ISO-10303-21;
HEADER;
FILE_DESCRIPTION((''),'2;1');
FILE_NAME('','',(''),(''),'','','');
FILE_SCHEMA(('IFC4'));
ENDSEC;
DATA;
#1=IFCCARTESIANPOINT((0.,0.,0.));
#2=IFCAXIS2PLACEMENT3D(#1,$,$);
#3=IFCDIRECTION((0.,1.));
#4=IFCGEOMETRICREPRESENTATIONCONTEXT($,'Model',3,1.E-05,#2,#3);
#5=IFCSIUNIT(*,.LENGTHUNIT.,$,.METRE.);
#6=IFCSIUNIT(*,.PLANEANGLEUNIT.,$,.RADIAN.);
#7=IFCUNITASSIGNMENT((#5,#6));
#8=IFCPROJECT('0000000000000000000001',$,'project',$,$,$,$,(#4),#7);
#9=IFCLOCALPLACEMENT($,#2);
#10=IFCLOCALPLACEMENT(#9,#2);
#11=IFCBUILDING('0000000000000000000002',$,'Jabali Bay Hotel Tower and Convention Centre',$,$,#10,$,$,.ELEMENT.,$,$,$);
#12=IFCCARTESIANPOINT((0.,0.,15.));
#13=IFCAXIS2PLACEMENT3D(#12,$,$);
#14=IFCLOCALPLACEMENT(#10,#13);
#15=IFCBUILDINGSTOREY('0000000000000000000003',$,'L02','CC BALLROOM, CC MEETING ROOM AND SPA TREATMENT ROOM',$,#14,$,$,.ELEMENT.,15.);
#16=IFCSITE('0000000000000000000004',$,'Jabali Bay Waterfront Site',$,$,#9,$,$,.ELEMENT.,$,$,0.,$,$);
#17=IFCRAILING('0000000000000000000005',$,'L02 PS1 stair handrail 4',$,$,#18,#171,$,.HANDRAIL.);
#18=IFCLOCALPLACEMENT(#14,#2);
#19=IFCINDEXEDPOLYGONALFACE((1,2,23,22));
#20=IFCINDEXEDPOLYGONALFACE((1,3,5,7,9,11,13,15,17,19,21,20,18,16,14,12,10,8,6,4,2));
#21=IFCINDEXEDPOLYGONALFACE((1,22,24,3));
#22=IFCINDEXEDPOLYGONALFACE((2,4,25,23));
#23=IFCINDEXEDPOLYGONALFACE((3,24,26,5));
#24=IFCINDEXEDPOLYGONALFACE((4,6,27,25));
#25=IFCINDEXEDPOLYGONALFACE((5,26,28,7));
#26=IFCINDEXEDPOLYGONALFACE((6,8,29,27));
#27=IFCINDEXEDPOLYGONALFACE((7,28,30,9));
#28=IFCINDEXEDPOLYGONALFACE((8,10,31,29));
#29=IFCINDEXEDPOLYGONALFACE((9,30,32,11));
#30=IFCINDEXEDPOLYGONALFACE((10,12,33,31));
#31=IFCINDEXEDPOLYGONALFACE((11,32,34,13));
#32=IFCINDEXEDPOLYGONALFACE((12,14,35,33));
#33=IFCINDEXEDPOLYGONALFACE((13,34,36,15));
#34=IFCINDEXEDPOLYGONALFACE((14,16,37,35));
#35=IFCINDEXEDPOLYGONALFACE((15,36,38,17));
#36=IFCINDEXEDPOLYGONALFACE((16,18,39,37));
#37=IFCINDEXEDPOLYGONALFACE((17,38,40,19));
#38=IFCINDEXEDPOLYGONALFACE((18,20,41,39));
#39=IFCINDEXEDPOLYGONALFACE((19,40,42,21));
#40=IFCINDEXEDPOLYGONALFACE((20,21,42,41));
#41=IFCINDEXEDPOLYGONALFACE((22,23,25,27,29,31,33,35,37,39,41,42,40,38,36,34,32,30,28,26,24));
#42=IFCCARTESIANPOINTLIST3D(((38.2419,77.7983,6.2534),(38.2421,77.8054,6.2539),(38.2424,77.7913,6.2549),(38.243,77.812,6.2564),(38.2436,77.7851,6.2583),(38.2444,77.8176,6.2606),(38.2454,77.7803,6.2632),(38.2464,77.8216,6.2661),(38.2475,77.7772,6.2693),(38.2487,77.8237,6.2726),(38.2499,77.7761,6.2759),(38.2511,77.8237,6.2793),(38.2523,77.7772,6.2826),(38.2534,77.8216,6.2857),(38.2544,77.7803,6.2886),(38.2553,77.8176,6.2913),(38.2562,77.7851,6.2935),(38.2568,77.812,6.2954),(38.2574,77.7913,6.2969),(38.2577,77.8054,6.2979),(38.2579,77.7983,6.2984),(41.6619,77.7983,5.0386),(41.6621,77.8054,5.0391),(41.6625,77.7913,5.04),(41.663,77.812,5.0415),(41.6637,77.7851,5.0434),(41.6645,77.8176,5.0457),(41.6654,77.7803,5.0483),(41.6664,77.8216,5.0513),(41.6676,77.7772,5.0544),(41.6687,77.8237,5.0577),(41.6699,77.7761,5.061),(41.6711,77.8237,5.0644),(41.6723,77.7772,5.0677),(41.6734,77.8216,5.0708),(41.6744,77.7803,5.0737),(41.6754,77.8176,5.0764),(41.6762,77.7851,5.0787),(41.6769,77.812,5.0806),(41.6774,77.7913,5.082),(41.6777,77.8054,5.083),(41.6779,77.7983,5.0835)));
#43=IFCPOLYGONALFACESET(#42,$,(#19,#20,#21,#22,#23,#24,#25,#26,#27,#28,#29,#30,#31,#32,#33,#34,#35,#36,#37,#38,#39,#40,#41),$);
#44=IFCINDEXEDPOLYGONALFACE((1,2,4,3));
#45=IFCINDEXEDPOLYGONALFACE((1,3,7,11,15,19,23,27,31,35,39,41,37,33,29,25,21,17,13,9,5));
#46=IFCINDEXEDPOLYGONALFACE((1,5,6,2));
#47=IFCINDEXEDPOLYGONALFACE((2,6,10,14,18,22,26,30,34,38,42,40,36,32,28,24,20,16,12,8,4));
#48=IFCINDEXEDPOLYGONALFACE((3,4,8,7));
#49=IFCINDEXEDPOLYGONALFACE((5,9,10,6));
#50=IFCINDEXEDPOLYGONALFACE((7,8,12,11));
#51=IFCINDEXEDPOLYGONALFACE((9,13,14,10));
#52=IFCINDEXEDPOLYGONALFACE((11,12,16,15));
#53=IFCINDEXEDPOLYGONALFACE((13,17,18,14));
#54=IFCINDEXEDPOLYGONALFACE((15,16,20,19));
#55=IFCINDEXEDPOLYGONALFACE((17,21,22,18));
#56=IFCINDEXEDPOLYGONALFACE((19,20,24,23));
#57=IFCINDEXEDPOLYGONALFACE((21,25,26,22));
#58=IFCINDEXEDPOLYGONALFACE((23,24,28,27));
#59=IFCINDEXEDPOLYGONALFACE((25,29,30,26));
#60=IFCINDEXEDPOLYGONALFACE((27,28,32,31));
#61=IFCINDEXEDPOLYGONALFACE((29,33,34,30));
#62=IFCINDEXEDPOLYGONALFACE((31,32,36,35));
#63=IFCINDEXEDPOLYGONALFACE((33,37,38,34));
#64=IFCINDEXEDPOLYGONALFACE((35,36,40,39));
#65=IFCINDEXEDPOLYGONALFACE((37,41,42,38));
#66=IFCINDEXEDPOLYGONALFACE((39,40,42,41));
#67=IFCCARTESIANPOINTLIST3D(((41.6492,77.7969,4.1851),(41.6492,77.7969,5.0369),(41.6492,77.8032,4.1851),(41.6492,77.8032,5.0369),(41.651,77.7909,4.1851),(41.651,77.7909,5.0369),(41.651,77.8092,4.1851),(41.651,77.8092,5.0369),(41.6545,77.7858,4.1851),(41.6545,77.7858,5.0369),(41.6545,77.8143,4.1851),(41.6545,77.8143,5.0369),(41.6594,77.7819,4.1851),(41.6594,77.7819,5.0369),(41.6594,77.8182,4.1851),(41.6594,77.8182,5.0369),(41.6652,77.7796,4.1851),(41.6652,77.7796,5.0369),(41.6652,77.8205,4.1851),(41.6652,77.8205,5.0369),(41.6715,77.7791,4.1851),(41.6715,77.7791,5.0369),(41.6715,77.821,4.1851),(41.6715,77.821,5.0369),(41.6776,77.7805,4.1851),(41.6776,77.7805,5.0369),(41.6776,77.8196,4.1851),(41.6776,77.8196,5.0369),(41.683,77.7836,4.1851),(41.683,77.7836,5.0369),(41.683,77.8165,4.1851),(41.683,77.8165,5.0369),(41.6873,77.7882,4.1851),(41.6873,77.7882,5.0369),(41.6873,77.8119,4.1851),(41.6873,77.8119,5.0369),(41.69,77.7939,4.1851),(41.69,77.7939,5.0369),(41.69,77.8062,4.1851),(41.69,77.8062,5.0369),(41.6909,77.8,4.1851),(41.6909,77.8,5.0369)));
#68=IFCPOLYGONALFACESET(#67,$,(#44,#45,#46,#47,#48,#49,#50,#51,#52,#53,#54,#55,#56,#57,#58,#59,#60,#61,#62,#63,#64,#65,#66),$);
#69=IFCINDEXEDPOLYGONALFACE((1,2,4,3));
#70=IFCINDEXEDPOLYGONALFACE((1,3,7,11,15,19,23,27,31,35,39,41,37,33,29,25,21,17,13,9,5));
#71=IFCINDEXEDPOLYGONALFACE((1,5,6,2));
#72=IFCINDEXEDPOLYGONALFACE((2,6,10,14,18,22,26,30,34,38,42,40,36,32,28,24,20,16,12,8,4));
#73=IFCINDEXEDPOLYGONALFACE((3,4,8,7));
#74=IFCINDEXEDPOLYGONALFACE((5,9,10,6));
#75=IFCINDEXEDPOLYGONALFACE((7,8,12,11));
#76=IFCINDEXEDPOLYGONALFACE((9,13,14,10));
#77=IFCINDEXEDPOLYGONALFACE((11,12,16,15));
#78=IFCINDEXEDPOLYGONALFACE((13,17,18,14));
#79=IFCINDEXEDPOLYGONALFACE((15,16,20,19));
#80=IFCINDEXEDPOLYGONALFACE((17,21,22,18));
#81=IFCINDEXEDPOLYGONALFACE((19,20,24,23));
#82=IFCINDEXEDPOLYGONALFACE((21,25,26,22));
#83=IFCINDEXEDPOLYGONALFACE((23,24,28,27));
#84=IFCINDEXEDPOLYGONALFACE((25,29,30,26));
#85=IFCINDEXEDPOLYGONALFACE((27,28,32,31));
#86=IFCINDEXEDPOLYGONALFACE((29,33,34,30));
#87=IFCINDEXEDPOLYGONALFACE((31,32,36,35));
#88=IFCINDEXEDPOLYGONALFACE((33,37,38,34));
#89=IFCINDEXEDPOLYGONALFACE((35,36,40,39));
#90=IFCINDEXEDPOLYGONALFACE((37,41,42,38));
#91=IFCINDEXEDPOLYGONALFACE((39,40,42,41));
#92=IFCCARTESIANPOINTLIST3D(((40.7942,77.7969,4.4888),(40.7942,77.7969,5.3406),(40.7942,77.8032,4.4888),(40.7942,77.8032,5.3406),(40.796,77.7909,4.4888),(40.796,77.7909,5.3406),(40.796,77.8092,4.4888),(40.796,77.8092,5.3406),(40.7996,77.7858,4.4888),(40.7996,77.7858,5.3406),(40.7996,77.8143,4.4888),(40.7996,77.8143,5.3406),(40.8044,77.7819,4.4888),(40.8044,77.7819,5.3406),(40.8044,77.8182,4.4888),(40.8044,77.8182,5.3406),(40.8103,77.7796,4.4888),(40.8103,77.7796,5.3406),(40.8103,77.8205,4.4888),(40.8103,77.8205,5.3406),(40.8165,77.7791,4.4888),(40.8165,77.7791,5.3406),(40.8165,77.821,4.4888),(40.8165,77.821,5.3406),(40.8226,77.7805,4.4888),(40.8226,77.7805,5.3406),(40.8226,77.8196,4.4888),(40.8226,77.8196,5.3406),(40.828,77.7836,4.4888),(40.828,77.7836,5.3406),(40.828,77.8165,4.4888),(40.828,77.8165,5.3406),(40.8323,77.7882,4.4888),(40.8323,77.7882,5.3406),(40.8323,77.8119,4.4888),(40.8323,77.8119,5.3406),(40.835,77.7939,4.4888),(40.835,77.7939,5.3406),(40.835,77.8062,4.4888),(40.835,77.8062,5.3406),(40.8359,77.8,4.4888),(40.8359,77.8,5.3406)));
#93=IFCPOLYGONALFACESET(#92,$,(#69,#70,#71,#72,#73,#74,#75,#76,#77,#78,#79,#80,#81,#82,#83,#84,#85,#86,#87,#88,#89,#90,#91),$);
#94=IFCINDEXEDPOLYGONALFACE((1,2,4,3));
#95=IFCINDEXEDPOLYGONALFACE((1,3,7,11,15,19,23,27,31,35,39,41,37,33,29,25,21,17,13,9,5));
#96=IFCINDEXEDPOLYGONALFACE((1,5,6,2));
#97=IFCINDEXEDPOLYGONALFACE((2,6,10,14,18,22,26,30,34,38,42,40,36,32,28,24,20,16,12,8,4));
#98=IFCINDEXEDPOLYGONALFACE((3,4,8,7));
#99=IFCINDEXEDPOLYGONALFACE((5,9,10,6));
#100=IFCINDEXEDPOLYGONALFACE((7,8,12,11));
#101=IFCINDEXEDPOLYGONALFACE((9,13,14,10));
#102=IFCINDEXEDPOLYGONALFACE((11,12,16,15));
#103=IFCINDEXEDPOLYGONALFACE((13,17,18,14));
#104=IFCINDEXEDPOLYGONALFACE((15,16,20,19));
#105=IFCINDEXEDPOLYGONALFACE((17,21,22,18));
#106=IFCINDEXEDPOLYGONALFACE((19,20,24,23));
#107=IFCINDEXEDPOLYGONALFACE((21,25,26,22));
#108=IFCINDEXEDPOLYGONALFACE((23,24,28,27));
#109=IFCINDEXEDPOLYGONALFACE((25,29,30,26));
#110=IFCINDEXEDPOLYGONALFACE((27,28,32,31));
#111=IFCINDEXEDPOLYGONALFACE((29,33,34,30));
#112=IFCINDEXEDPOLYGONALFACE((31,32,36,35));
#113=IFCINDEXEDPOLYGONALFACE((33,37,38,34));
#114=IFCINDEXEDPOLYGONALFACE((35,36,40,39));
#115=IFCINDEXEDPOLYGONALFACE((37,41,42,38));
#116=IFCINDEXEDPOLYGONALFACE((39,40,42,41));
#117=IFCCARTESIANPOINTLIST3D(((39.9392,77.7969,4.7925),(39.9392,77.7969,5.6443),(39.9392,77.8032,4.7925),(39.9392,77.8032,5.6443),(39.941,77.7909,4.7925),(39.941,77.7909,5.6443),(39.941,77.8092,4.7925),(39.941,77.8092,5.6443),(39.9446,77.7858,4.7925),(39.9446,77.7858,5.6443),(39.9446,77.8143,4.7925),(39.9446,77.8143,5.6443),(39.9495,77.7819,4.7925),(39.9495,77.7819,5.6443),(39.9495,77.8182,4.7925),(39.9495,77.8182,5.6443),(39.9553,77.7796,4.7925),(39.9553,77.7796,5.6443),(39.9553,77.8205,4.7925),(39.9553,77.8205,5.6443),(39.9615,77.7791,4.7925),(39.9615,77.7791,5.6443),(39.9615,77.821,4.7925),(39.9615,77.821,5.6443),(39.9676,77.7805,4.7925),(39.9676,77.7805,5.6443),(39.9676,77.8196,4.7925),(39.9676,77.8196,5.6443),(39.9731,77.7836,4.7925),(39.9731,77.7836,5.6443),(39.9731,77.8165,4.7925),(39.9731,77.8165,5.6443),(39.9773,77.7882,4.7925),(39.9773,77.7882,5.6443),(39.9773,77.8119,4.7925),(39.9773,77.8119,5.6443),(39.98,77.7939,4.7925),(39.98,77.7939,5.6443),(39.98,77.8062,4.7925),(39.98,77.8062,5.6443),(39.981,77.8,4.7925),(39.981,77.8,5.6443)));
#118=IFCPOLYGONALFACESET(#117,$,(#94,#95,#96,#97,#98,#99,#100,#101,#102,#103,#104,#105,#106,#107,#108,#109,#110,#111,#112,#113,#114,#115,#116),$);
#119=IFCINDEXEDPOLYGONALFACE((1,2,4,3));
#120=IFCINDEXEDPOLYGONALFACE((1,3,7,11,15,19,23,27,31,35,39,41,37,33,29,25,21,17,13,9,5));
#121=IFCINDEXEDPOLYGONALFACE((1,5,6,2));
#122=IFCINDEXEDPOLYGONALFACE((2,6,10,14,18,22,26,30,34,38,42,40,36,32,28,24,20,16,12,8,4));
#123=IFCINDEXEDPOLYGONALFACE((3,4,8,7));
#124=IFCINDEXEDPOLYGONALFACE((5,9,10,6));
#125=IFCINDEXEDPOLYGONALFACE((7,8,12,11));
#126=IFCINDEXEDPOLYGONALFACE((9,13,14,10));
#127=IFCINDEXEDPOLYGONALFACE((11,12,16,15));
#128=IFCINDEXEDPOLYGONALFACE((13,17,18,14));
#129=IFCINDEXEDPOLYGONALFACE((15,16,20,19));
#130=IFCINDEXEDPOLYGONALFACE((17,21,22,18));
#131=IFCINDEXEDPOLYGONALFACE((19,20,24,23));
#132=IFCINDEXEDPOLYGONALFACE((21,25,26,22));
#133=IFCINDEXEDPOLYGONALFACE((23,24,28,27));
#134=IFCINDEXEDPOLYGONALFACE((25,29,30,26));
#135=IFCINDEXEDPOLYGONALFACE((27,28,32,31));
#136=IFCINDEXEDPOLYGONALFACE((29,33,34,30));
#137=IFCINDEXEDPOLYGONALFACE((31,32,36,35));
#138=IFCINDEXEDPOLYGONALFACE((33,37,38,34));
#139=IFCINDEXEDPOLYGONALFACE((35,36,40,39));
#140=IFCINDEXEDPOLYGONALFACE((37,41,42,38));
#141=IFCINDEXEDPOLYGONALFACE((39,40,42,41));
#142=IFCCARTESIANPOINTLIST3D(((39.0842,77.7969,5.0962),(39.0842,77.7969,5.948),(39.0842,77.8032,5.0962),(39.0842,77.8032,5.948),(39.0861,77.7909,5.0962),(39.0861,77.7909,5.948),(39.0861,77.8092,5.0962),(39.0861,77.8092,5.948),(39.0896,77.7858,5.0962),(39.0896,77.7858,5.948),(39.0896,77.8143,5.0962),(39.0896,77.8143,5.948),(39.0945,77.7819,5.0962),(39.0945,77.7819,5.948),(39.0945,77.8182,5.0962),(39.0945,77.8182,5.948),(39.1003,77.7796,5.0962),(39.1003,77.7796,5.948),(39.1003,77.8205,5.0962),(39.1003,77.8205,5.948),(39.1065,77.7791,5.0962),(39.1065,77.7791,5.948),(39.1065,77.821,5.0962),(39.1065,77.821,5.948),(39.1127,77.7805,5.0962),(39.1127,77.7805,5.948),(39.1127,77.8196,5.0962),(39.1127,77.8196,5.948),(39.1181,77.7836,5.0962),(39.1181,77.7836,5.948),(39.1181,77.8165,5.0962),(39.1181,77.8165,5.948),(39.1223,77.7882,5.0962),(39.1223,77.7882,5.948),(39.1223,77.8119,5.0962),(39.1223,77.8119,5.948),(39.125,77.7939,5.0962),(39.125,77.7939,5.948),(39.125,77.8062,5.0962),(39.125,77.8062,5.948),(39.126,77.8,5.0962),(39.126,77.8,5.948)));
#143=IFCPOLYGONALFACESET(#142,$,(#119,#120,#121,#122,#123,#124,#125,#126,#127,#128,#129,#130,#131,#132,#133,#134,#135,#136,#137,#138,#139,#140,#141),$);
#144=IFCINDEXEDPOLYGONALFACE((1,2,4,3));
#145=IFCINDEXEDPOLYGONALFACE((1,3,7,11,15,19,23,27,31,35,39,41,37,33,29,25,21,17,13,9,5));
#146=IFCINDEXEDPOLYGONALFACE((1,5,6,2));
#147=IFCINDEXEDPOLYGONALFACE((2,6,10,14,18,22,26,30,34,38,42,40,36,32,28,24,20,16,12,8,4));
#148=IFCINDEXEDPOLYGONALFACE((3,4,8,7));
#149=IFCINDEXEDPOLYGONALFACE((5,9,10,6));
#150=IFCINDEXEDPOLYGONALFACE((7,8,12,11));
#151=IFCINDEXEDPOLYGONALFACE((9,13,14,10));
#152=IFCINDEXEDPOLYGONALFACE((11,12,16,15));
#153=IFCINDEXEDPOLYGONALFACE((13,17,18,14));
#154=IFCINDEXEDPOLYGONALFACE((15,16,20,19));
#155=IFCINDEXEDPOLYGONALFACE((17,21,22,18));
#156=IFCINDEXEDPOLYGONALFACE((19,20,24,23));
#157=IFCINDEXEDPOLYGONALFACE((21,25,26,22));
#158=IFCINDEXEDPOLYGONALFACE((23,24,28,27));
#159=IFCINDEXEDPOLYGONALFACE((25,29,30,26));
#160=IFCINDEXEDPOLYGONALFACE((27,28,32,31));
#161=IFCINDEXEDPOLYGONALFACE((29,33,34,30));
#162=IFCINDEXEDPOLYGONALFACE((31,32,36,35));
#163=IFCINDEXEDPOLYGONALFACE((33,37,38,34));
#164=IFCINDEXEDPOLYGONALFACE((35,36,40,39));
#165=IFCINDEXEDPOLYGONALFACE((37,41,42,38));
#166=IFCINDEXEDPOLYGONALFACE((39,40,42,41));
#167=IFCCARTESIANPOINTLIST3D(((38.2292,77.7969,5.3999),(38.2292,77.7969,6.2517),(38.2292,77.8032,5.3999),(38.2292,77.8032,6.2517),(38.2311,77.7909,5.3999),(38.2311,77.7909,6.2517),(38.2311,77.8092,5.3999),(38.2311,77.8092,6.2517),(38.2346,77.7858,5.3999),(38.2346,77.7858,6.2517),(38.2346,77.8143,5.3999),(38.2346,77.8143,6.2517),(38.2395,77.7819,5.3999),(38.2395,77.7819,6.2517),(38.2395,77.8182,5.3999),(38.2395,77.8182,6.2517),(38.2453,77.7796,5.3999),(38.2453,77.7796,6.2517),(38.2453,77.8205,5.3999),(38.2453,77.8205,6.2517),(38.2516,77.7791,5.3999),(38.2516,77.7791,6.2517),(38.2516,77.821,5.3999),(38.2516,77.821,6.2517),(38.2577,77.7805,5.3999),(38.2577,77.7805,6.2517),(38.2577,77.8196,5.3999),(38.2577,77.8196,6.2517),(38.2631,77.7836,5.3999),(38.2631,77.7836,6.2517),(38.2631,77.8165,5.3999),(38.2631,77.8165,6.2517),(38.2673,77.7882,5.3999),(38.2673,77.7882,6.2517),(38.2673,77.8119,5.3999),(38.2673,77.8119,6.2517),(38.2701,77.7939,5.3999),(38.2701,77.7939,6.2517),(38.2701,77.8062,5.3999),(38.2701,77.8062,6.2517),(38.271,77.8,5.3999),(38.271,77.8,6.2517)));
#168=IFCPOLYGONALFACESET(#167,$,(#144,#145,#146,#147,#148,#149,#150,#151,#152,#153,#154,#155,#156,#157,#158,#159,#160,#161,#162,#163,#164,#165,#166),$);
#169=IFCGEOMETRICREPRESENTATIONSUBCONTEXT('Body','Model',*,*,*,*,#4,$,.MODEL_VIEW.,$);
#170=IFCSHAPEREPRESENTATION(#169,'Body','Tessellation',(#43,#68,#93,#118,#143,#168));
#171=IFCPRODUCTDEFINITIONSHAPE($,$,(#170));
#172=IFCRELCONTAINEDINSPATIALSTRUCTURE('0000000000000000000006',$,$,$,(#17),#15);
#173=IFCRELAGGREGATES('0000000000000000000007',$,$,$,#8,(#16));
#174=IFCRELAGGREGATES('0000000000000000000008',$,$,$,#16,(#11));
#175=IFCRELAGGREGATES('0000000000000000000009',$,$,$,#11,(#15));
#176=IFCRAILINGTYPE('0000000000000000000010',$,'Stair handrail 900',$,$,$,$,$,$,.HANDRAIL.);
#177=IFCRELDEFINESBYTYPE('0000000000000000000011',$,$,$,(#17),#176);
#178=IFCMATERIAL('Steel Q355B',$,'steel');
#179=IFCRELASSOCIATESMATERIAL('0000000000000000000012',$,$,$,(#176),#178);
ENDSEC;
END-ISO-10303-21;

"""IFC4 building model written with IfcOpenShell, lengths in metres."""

from ifc_helpers import new_model, si_unit, direction, frame, origin, origin_2d, place, context, subcontext, project, spatial, circle, extrude, material, type_object, element, save


model = new_model("IFC4")

# Units and contexts
model_context = context("Model", 3, precision=1e-05, world=origin(), true_north=direction((0.0, 1.0)))
body_context = subcontext(model_context, "Body", "Model", "MODEL_VIEW")
ifc_project = project(units=[si_unit("LENGTHUNIT", "METRE"), si_unit("PLANEANGLEUNIT", "RADIAN")], contexts=[model_context])

# Site, building, storey
site_placement = place(None, origin())
site = spatial("IfcSite", under=ifc_project, at=site_placement, Name="Jabali Bay Waterfront Site", CompositionType="ELEMENT", RefElevation=0.0)
building_placement = place(site_placement, origin())
building = spatial("IfcBuilding", under=site, at=building_placement, Name="Jabali Bay Hotel Tower and Convention Centre", CompositionType="ELEMENT")
storey_placement = place(building_placement, frame((0.0, 0.0, 15.0)))
storey = spatial("IfcBuildingStorey", under=building, at=storey_placement, Name="L02", Description="CC BALLROOM, CC MEETING ROOM AND SPA TREATMENT ROOM", CompositionType="ELEMENT", Elevation=15.0)

# Railing
ifc_material_1 = material(Name="Steel Q355B", Category="steel")
railing_type_1 = type_object("IfcRailingType", Name="Stair handrail 900", PredefinedType="HANDRAIL", material=ifc_material_1)
for number, where, name in (
    (1, (41.6699, 77.8, 4.1851), "L02 PS1 stair handrail 4"),
):
    element("IfcRailing", number, at=place(storey_placement, frame(where)), inside=storey, type_object=railing_type_1, Name=name, PredefinedType="HANDRAIL", context=body_context, shape_type="SweptSolid", body=[
        extrude(circle(Radius=0.0239, at=origin_2d()), frame((0.0, 0.0, 0.876), z_axis=(-0.942313, 0.0, 0.334734), x_axis=(0.0, -1.0, 0.0)), (0.0, 0.0, 1.0), 3.6294),
        extrude(circle(Radius=0.021, at=origin_2d()), origin(), (0.0, 0.0, 1.0), 0.8518),
        extrude(circle(Radius=0.021, at=origin_2d()), frame((-0.855, 0.0, 0.3037)), (0.0, 0.0, 1.0), 0.8518),
        extrude(circle(Radius=0.021, at=origin_2d()), frame((-1.71, 0.0, 0.6074)), (0.0, 0.0, 1.0), 0.8518),
        extrude(circle(Radius=0.021, at=origin_2d()), frame((-2.5649, 0.0, 0.9111)), (0.0, 0.0, 1.0), 0.8518),
        extrude(circle(Radius=0.021, at=origin_2d()), frame((-3.4199, 0.0, 1.2148)), (0.0, 0.0, 1.0), 0.8518),
    ])

save(model, "model.ifc")
